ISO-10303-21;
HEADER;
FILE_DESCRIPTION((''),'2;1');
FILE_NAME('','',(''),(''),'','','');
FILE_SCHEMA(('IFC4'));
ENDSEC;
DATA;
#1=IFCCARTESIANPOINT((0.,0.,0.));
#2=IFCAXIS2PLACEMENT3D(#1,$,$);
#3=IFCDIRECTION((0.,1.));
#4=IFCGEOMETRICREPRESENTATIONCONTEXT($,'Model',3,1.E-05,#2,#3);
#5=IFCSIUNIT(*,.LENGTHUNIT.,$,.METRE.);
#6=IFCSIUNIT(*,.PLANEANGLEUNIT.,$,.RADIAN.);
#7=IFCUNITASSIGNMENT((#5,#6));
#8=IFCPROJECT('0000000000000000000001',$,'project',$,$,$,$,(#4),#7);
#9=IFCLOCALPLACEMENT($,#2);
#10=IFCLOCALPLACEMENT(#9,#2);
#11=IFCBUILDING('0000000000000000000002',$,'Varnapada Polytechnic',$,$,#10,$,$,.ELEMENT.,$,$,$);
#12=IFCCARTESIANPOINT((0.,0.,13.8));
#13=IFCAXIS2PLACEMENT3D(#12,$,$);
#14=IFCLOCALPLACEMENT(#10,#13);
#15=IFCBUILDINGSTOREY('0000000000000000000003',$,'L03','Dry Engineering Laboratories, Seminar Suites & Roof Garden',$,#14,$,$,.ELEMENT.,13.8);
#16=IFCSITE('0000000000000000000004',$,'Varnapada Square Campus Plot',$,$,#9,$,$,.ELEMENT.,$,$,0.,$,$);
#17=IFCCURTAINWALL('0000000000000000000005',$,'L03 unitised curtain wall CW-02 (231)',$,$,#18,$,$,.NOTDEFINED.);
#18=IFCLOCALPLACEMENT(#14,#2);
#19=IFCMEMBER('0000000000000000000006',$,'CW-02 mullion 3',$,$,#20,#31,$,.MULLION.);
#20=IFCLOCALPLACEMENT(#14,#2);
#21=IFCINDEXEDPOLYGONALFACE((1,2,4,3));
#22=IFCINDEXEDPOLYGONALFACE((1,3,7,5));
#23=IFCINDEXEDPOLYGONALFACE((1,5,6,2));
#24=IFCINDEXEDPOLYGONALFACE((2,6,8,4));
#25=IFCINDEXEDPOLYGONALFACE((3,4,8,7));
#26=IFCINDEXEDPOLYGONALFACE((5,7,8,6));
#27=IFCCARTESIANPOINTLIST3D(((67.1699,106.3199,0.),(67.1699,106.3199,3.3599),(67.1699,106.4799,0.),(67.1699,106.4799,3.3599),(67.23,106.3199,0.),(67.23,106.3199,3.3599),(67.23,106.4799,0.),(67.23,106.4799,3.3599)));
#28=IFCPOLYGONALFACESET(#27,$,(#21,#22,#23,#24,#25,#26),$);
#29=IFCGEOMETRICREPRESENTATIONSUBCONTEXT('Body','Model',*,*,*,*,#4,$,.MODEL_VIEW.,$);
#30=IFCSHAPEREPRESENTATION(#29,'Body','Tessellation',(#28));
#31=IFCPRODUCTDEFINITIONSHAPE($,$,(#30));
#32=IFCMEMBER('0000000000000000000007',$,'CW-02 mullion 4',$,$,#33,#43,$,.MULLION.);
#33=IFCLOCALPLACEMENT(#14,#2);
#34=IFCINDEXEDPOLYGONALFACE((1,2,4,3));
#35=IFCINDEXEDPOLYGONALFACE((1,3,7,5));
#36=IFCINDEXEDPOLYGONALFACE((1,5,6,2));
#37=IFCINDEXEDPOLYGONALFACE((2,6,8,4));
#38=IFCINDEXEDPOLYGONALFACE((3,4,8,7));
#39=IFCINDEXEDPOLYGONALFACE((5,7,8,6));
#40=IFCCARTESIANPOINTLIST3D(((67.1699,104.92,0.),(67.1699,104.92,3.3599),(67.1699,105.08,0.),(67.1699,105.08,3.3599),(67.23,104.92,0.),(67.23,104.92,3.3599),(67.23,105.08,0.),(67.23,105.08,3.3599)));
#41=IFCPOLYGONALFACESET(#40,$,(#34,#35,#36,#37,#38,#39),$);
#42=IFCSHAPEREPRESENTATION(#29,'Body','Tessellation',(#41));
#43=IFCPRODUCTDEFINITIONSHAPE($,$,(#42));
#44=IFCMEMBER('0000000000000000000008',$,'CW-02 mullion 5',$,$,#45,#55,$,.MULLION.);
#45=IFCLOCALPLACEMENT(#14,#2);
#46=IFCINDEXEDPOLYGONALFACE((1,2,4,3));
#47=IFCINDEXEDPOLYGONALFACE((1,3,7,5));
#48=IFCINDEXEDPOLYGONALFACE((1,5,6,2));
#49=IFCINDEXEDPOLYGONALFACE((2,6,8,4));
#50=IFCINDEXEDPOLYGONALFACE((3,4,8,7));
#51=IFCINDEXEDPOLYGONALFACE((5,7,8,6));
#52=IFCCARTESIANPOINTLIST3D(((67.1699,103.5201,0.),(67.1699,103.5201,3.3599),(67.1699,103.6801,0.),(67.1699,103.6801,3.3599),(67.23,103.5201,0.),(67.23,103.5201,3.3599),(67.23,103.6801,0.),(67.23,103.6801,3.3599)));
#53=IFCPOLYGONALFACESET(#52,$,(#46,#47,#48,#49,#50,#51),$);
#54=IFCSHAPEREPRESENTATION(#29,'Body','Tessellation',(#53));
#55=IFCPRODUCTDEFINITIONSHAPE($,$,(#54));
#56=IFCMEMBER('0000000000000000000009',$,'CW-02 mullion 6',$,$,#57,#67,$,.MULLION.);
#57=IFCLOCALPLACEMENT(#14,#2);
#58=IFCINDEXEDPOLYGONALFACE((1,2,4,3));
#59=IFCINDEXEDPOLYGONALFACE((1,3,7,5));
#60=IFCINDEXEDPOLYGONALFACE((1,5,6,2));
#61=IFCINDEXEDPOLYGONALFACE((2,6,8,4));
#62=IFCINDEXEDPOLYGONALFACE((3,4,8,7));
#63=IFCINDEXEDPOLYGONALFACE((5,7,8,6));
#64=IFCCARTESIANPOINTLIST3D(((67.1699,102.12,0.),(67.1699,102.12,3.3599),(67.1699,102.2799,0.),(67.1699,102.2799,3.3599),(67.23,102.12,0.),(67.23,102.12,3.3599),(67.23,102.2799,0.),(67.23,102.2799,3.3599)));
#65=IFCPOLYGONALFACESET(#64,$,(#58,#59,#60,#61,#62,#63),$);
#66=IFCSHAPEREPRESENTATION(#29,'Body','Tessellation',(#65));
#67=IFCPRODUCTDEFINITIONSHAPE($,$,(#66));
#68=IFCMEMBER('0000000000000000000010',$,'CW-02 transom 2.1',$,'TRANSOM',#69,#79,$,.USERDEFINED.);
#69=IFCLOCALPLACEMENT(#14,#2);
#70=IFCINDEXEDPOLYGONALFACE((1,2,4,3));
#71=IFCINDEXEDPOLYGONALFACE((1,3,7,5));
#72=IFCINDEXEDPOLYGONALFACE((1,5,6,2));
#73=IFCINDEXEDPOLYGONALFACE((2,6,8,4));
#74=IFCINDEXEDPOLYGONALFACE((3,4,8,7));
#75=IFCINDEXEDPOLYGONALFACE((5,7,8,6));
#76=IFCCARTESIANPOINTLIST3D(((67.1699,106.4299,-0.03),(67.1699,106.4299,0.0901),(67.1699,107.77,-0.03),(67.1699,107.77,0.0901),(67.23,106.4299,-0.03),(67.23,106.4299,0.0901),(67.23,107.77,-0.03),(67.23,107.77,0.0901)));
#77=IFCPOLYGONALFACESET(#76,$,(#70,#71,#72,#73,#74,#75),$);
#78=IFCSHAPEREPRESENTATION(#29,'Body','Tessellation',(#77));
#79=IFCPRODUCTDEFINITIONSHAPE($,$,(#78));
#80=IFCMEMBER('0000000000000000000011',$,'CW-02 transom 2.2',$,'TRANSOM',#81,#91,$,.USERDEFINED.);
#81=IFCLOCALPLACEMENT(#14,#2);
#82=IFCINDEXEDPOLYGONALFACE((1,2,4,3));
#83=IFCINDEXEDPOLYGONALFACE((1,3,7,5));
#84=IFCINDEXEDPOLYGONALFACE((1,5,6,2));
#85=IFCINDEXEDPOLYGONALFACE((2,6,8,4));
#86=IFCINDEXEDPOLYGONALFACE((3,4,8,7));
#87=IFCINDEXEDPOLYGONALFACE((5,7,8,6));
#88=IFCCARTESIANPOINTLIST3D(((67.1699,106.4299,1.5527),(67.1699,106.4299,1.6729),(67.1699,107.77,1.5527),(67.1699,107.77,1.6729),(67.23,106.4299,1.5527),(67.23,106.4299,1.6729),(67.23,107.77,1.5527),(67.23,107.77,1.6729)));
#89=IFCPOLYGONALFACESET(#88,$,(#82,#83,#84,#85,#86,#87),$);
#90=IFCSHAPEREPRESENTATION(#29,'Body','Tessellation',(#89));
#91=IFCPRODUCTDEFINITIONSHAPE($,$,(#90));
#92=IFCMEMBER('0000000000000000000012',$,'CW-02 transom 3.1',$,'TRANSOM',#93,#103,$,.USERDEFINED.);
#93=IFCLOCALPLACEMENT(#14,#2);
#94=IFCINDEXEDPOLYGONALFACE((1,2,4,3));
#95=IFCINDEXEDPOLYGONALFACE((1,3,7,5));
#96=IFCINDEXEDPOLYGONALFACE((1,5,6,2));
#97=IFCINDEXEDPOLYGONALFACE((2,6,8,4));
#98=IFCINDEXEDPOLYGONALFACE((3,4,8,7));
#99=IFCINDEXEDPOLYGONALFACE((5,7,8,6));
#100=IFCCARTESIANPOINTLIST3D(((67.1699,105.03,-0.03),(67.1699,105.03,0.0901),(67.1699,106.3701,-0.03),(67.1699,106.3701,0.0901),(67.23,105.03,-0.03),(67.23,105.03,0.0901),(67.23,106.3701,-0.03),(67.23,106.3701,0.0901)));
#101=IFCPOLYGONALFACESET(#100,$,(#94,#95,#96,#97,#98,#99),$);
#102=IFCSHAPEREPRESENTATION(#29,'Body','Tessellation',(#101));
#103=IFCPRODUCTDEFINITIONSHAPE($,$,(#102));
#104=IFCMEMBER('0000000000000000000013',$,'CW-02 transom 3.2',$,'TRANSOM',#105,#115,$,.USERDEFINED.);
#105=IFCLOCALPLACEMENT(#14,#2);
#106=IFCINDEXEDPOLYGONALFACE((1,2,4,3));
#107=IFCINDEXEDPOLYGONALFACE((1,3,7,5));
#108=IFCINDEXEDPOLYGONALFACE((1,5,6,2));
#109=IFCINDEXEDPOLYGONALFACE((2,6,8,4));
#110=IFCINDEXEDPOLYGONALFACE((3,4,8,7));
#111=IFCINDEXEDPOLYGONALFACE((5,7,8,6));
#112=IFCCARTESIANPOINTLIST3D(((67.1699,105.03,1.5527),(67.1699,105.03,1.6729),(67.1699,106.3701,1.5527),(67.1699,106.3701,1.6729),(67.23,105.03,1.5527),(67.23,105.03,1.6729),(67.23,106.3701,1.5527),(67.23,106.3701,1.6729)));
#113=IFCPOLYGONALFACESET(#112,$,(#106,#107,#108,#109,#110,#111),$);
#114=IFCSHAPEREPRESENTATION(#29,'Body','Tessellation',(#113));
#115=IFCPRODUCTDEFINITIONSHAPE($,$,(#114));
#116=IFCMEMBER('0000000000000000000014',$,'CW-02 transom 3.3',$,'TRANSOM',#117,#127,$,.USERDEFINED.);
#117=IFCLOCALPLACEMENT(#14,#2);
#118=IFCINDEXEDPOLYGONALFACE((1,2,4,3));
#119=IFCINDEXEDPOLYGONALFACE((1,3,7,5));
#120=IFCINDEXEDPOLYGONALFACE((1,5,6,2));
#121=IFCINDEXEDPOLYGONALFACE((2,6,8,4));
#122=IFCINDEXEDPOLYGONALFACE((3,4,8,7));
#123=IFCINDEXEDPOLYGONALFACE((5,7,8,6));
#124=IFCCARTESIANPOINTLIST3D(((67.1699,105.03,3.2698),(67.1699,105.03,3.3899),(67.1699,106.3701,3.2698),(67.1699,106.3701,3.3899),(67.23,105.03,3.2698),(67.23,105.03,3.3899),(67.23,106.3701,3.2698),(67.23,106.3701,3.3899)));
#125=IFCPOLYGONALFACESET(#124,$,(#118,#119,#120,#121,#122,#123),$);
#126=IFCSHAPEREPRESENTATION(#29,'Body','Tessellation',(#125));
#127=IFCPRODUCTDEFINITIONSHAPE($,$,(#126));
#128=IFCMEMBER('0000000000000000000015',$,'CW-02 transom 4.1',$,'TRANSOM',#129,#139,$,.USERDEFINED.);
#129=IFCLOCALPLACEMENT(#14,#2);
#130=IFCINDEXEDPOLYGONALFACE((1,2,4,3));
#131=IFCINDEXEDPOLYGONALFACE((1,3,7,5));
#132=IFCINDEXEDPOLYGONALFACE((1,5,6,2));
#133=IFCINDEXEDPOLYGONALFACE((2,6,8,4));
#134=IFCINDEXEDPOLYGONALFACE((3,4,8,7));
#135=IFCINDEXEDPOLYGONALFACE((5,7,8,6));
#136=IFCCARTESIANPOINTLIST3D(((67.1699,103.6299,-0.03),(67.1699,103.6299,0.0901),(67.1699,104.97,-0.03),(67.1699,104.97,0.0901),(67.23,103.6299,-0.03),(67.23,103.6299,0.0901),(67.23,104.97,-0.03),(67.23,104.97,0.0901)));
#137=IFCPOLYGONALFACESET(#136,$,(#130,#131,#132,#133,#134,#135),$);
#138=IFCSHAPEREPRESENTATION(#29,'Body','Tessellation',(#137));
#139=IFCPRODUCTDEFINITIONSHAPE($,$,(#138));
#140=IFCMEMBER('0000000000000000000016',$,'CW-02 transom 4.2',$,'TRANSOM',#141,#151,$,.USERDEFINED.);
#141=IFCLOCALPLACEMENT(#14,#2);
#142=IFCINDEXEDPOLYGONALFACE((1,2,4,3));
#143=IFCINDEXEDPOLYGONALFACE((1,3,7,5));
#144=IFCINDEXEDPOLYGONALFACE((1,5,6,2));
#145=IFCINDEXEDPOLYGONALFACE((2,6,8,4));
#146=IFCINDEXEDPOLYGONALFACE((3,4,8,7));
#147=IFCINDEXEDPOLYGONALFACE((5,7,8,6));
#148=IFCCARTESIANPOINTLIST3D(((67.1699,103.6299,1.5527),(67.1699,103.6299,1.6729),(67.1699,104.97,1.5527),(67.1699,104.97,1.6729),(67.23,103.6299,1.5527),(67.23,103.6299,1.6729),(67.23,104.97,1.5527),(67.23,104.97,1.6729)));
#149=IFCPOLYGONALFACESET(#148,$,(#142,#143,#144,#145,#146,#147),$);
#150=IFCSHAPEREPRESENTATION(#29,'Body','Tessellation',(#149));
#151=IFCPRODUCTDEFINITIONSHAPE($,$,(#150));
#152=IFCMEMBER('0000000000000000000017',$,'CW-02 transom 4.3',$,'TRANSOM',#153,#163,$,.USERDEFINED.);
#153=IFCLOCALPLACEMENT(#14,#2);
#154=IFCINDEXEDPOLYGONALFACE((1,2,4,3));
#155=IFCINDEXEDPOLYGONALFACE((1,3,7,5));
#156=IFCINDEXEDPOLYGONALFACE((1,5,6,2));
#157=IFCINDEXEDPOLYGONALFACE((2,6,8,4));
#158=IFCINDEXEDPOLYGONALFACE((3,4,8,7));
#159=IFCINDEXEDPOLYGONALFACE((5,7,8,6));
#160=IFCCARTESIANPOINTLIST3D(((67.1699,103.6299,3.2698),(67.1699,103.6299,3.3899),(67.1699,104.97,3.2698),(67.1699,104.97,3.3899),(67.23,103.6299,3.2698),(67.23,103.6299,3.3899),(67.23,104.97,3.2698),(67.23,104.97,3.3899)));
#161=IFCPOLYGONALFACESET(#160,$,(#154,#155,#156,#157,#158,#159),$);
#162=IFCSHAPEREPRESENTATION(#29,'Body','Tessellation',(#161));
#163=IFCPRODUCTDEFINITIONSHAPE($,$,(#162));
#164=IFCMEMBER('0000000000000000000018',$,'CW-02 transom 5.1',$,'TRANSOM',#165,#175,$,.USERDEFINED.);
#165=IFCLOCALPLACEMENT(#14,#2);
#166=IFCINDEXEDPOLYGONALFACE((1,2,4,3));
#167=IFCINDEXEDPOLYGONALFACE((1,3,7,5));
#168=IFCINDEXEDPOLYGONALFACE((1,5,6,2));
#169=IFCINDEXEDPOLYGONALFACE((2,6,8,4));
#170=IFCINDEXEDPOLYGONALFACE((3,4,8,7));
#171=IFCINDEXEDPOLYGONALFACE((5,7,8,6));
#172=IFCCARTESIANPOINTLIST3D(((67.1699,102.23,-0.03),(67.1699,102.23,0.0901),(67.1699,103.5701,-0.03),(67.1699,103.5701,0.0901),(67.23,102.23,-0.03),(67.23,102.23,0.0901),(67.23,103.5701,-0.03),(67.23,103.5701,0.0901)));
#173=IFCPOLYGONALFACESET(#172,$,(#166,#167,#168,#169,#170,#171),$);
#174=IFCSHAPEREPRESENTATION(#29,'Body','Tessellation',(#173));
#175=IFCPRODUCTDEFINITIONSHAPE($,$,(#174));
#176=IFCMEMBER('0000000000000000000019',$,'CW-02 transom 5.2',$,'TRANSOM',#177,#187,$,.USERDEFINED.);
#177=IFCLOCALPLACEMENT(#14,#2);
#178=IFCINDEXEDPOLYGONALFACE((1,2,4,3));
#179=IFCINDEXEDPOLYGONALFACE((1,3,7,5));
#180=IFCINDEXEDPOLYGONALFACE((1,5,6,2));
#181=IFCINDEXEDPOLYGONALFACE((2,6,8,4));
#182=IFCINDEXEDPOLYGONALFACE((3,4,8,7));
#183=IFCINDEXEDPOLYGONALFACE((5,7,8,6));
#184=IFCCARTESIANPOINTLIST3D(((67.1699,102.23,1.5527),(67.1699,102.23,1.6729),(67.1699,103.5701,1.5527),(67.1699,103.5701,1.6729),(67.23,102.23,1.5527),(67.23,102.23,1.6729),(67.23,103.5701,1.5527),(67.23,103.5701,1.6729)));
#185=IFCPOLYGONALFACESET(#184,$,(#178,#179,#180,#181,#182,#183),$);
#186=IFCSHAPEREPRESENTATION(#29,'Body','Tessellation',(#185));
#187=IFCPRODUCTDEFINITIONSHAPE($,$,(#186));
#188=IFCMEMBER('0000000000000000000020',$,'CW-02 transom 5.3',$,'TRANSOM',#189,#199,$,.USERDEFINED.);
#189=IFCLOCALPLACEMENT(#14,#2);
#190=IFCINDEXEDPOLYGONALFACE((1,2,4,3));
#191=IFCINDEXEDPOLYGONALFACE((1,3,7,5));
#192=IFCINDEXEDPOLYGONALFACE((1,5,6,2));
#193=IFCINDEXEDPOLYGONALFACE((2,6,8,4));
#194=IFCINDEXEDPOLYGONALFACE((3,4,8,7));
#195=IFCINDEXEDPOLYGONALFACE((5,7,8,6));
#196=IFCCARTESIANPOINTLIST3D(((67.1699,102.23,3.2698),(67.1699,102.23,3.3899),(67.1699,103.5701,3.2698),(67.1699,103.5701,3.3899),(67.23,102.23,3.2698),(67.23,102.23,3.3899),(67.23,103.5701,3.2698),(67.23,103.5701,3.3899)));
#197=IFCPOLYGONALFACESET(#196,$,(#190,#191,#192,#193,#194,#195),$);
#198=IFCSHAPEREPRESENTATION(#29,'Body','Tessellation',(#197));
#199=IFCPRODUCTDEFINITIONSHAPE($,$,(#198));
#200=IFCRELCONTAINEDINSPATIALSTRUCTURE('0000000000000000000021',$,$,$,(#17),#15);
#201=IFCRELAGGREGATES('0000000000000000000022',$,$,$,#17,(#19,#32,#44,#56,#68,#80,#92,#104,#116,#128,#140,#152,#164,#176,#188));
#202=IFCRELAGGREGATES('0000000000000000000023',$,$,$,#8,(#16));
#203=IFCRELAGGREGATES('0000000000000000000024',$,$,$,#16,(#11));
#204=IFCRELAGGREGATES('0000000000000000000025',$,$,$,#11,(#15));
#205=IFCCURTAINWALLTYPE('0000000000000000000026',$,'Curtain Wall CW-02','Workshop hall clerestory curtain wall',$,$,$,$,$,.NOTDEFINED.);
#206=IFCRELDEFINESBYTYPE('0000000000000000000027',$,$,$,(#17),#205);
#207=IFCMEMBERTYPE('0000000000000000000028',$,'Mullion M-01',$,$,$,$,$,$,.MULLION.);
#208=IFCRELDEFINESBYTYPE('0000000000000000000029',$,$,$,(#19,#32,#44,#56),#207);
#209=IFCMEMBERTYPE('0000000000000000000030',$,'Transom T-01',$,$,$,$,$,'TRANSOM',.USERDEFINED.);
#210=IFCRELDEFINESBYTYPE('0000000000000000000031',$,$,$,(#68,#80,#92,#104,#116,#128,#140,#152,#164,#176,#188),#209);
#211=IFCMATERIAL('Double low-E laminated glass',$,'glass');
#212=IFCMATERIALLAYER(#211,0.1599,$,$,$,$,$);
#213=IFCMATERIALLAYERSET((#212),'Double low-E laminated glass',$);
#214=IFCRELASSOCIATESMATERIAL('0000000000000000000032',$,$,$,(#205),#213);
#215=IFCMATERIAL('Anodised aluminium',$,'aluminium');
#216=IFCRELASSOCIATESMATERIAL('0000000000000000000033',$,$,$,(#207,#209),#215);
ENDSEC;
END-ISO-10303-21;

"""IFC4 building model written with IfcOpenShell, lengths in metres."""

from ifc_helpers import new_model, si_unit, direction, frame, origin, origin_2d, place, context, subcontext, project, spatial, rectangle, extrude, material, layer, layer_set, material_profile, profile_set, type_object, element, aggregate, save


model = new_model("IFC4")

# Units and contexts
model_context = context("Model", 3, precision=1e-05, world=origin(), true_north=direction((0.0, 1.0)))
body_context = subcontext(model_context, "Body", "Model", "MODEL_VIEW")
ifc_project = project(units=[si_unit("LENGTHUNIT", "METRE"), si_unit("PLANEANGLEUNIT", "RADIAN")], contexts=[model_context])

# Site, building, storey
site_placement = place(None, origin())
site = spatial("IfcSite", under=ifc_project, at=site_placement, Name="Varnapada Square Campus Plot", CompositionType="ELEMENT", RefElevation=0.0)
building_placement = place(site_placement, origin())
building = spatial("IfcBuilding", under=site, at=building_placement, Name="Varnapada Polytechnic", CompositionType="ELEMENT")
storey_placement = place(building_placement, frame((0.0, 0.0, 13.8)))
storey = spatial("IfcBuildingStorey", under=building, at=storey_placement, Name="L03", Description="Dry Engineering Laboratories, Seminar Suites & Roof Garden", CompositionType="ELEMENT", Elevation=13.8)

# Curtain wall, members
ifc_material_1 = material(Name="Double low-E laminated glass", Category="glass")
ifc_layer_1 = layer(ifc_material_1, 0.1599)
ifc_layer_set_1 = layer_set([ifc_layer_1], Name="Double low-E laminated glass")
curtain_wall_type = type_object("IfcCurtainWallType", Name="Curtain Wall CW-02", Description="Workshop hall clerestory curtain wall", PredefinedType="NOTDEFINED", material=ifc_layer_set_1)
curtain_wall_placement = place(storey_placement, origin())
curtain_wall = element("IfcCurtainWall", 1, at=curtain_wall_placement, inside=storey, type_object=curtain_wall_type, Name="L03 unitised curtain wall CW-02 (231)", PredefinedType="NOTDEFINED")
ifc_material_2 = material(Name="Anodised aluminium", Category="aluminium")
ifc_material_profile_1 = material_profile(ifc_material_2, rectangle(XDim=0.0601, YDim=0.1599, at=origin_2d()), Name="ALU M60x160")
ifc_profile_set_1 = profile_set([ifc_material_profile_1], Name="Anodised aluminium")
member_type_1 = type_object("IfcMemberType", Name="Mullion M-01", PredefinedType="MULLION", material=ifc_profile_set_1)
member_1_placement = place(storey_placement, frame((67.2, 106.3999, 0.0), z_axis=(0.0, 0.0, 1.0), x_axis=(1.0, 0.0, 0.0)))
member_1 = element("IfcMember", 2, at=member_1_placement, type_object=member_type_1, Name="CW-02 mullion 3", PredefinedType="MULLION", context=body_context, shape_type="SweptSolid", body=[
    extrude(rectangle(XDim=0.0601, YDim=0.1599, at=origin_2d()), origin(), (0.0, 0.0, 1.0), 3.3599),
])
member_2_placement = place(storey_placement, frame((67.2, 105.0, 0.0), z_axis=(0.0, 0.0, 1.0), x_axis=(1.0, 0.0, 0.0)))
member_2 = element("IfcMember", 3, at=member_2_placement, type_object=member_type_1, Name="CW-02 mullion 4", PredefinedType="MULLION", context=body_context, shape_type="SweptSolid", body=[
    extrude(rectangle(XDim=0.0601, YDim=0.1599, at=origin_2d()), origin(), (0.0, 0.0, 1.0), 3.3599),
])
member_3_placement = place(storey_placement, frame((67.2, 103.6001, 0.0), z_axis=(0.0, 0.0, 1.0), x_axis=(1.0, 0.0, 0.0)))
member_3 = element("IfcMember", 4, at=member_3_placement, type_object=member_type_1, Name="CW-02 mullion 5", PredefinedType="MULLION", context=body_context, shape_type="SweptSolid", body=[
    extrude(rectangle(XDim=0.0601, YDim=0.1599, at=origin_2d()), origin(), (0.0, 0.0, 1.0), 3.3599),
])
member_4_placement = place(storey_placement, frame((67.2, 102.2, 0.0), z_axis=(0.0, 0.0, 1.0), x_axis=(1.0, 0.0, 0.0)))
member_4 = element("IfcMember", 5, at=member_4_placement, type_object=member_type_1, Name="CW-02 mullion 6", PredefinedType="MULLION", context=body_context, shape_type="SweptSolid", body=[
    extrude(rectangle(XDim=0.0601, YDim=0.1599, at=origin_2d()), origin(), (0.0, 0.0, 1.0), 3.3599),
])
ifc_material_profile_2 = material_profile(ifc_material_2, rectangle(XDim=0.0601, YDim=0.1201, at=origin_2d()), Name="ALU T60x120")
ifc_profile_set_2 = profile_set([ifc_material_profile_2], Name="Anodised aluminium")
member_type_2 = type_object("IfcMemberType", Name="Transom T-01", ElementType="TRANSOM", PredefinedType="USERDEFINED", material=ifc_profile_set_2)
member_5_placement = place(storey_placement, frame((67.2, 107.77, 0.03), z_axis=(0.0, -1.0, 0.0), x_axis=(1.0, 0.0, 0.0)))
member_5 = element("IfcMember", 6, at=member_5_placement, type_object=member_type_2, Name="CW-02 transom 2.1", ObjectType="TRANSOM", PredefinedType="USERDEFINED", context=body_context, shape_type="SweptSolid", body=[
    extrude(rectangle(XDim=0.0601, YDim=0.1201, at=origin_2d()), origin(), (0.0, 0.0, 1.0), 1.3401),
])
member_6_placement = place(storey_placement, frame((67.2, 107.77, 1.6128), z_axis=(0.0, -1.0, 0.0), x_axis=(1.0, 0.0, 0.0)))
member_6 = element("IfcMember", 7, at=member_6_placement, type_object=member_type_2, Name="CW-02 transom 2.2", ObjectType="TRANSOM", PredefinedType="USERDEFINED", context=body_context, shape_type="SweptSolid", body=[
    extrude(rectangle(XDim=0.0601, YDim=0.1201, at=origin_2d()), origin(), (0.0, 0.0, 1.0), 1.3401),
])
member_7_placement = place(storey_placement, frame((67.2, 106.3701, 0.03), z_axis=(0.0, -1.0, 0.0), x_axis=(1.0, 0.0, 0.0)))
member_7 = element("IfcMember", 8, at=member_7_placement, type_object=member_type_2, Name="CW-02 transom 3.1", ObjectType="TRANSOM", PredefinedType="USERDEFINED", context=body_context, shape_type="SweptSolid", body=[
    extrude(rectangle(XDim=0.0601, YDim=0.1201, at=origin_2d()), origin(), (0.0, 0.0, 1.0), 1.3401),
])
member_8_placement = place(storey_placement, frame((67.2, 106.3701, 1.6128), z_axis=(0.0, -1.0, 0.0), x_axis=(1.0, 0.0, 0.0)))
member_8 = element("IfcMember", 9, at=member_8_placement, type_object=member_type_2, Name="CW-02 transom 3.2", ObjectType="TRANSOM", PredefinedType="USERDEFINED", context=body_context, shape_type="SweptSolid", body=[
    extrude(rectangle(XDim=0.0601, YDim=0.1201, at=origin_2d()), origin(), (0.0, 0.0, 1.0), 1.3401),
])
member_9_placement = place(storey_placement, frame((67.2, 106.3701, 3.3298), z_axis=(0.0, -1.0, 0.0), x_axis=(1.0, 0.0, 0.0)))
member_9 = element("IfcMember", 10, at=member_9_placement, type_object=member_type_2, Name="CW-02 transom 3.3", ObjectType="TRANSOM", PredefinedType="USERDEFINED", context=body_context, shape_type="SweptSolid", body=[
    extrude(rectangle(XDim=0.0601, YDim=0.1201, at=origin_2d()), origin(), (0.0, 0.0, 1.0), 1.3401),
])
member_10_placement = place(storey_placement, frame((67.2, 104.97, 0.03), z_axis=(0.0, -1.0, 0.0), x_axis=(1.0, 0.0, 0.0)))
member_10 = element("IfcMember", 11, at=member_10_placement, type_object=member_type_2, Name="CW-02 transom 4.1", ObjectType="TRANSOM", PredefinedType="USERDEFINED", context=body_context, shape_type="SweptSolid", body=[
    extrude(rectangle(XDim=0.0601, YDim=0.1201, at=origin_2d()), origin(), (0.0, 0.0, 1.0), 1.3401),
])
member_11_placement = place(storey_placement, frame((67.2, 104.97, 1.6128), z_axis=(0.0, -1.0, 0.0), x_axis=(1.0, 0.0, 0.0)))
member_11 = element("IfcMember", 12, at=member_11_placement, type_object=member_type_2, Name="CW-02 transom 4.2", ObjectType="TRANSOM", PredefinedType="USERDEFINED", context=body_context, shape_type="SweptSolid", body=[
    extrude(rectangle(XDim=0.0601, YDim=0.1201, at=origin_2d()), origin(), (0.0, 0.0, 1.0), 1.3401),
])
member_12_placement = place(storey_placement, frame((67.2, 104.97, 3.3298), z_axis=(0.0, -1.0, 0.0), x_axis=(1.0, 0.0, 0.0)))
member_12 = element("IfcMember", 13, at=member_12_placement, type_object=member_type_2, Name="CW-02 transom 4.3", ObjectType="TRANSOM", PredefinedType="USERDEFINED", context=body_context, shape_type="SweptSolid", body=[
    extrude(rectangle(XDim=0.0601, YDim=0.1201, at=origin_2d()), origin(), (0.0, 0.0, 1.0), 1.3401),
])
member_13_placement = place(storey_placement, frame((67.2, 103.5701, 0.03), z_axis=(0.0, -1.0, 0.0), x_axis=(1.0, 0.0, 0.0)))
member_13 = element("IfcMember", 14, at=member_13_placement, type_object=member_type_2, Name="CW-02 transom 5.1", ObjectType="TRANSOM", PredefinedType="USERDEFINED", context=body_context, shape_type="SweptSolid", body=[
    extrude(rectangle(XDim=0.0601, YDim=0.1201, at=origin_2d()), origin(), (0.0, 0.0, 1.0), 1.3401),
])
member_14_placement = place(storey_placement, frame((67.2, 103.5701, 1.6128), z_axis=(0.0, -1.0, 0.0), x_axis=(1.0, 0.0, 0.0)))
member_14 = element("IfcMember", 15, at=member_14_placement, type_object=member_type_2, Name="CW-02 transom 5.2", ObjectType="TRANSOM", PredefinedType="USERDEFINED", context=body_context, shape_type="SweptSolid", body=[
    extrude(rectangle(XDim=0.0601, YDim=0.1201, at=origin_2d()), origin(), (0.0, 0.0, 1.0), 1.3401),
])
member_15_placement = place(storey_placement, frame((67.2, 103.5701, 3.3298), z_axis=(0.0, -1.0, 0.0), x_axis=(1.0, 0.0, 0.0)))
member_15 = element("IfcMember", 16, at=member_15_placement, type_object=member_type_2, Name="CW-02 transom 5.3", ObjectType="TRANSOM", PredefinedType="USERDEFINED", context=body_context, shape_type="SweptSolid", body=[
    extrude(rectangle(XDim=0.0601, YDim=0.1201, at=origin_2d()), origin(), (0.0, 0.0, 1.0), 1.3401),
])
aggregate(curtain_wall, [member_1, member_2, member_3, member_4, member_5, member_6, member_7, member_8, member_9, member_10, member_11, member_12, member_13, member_14, member_15])

save(model, "model.ifc")
